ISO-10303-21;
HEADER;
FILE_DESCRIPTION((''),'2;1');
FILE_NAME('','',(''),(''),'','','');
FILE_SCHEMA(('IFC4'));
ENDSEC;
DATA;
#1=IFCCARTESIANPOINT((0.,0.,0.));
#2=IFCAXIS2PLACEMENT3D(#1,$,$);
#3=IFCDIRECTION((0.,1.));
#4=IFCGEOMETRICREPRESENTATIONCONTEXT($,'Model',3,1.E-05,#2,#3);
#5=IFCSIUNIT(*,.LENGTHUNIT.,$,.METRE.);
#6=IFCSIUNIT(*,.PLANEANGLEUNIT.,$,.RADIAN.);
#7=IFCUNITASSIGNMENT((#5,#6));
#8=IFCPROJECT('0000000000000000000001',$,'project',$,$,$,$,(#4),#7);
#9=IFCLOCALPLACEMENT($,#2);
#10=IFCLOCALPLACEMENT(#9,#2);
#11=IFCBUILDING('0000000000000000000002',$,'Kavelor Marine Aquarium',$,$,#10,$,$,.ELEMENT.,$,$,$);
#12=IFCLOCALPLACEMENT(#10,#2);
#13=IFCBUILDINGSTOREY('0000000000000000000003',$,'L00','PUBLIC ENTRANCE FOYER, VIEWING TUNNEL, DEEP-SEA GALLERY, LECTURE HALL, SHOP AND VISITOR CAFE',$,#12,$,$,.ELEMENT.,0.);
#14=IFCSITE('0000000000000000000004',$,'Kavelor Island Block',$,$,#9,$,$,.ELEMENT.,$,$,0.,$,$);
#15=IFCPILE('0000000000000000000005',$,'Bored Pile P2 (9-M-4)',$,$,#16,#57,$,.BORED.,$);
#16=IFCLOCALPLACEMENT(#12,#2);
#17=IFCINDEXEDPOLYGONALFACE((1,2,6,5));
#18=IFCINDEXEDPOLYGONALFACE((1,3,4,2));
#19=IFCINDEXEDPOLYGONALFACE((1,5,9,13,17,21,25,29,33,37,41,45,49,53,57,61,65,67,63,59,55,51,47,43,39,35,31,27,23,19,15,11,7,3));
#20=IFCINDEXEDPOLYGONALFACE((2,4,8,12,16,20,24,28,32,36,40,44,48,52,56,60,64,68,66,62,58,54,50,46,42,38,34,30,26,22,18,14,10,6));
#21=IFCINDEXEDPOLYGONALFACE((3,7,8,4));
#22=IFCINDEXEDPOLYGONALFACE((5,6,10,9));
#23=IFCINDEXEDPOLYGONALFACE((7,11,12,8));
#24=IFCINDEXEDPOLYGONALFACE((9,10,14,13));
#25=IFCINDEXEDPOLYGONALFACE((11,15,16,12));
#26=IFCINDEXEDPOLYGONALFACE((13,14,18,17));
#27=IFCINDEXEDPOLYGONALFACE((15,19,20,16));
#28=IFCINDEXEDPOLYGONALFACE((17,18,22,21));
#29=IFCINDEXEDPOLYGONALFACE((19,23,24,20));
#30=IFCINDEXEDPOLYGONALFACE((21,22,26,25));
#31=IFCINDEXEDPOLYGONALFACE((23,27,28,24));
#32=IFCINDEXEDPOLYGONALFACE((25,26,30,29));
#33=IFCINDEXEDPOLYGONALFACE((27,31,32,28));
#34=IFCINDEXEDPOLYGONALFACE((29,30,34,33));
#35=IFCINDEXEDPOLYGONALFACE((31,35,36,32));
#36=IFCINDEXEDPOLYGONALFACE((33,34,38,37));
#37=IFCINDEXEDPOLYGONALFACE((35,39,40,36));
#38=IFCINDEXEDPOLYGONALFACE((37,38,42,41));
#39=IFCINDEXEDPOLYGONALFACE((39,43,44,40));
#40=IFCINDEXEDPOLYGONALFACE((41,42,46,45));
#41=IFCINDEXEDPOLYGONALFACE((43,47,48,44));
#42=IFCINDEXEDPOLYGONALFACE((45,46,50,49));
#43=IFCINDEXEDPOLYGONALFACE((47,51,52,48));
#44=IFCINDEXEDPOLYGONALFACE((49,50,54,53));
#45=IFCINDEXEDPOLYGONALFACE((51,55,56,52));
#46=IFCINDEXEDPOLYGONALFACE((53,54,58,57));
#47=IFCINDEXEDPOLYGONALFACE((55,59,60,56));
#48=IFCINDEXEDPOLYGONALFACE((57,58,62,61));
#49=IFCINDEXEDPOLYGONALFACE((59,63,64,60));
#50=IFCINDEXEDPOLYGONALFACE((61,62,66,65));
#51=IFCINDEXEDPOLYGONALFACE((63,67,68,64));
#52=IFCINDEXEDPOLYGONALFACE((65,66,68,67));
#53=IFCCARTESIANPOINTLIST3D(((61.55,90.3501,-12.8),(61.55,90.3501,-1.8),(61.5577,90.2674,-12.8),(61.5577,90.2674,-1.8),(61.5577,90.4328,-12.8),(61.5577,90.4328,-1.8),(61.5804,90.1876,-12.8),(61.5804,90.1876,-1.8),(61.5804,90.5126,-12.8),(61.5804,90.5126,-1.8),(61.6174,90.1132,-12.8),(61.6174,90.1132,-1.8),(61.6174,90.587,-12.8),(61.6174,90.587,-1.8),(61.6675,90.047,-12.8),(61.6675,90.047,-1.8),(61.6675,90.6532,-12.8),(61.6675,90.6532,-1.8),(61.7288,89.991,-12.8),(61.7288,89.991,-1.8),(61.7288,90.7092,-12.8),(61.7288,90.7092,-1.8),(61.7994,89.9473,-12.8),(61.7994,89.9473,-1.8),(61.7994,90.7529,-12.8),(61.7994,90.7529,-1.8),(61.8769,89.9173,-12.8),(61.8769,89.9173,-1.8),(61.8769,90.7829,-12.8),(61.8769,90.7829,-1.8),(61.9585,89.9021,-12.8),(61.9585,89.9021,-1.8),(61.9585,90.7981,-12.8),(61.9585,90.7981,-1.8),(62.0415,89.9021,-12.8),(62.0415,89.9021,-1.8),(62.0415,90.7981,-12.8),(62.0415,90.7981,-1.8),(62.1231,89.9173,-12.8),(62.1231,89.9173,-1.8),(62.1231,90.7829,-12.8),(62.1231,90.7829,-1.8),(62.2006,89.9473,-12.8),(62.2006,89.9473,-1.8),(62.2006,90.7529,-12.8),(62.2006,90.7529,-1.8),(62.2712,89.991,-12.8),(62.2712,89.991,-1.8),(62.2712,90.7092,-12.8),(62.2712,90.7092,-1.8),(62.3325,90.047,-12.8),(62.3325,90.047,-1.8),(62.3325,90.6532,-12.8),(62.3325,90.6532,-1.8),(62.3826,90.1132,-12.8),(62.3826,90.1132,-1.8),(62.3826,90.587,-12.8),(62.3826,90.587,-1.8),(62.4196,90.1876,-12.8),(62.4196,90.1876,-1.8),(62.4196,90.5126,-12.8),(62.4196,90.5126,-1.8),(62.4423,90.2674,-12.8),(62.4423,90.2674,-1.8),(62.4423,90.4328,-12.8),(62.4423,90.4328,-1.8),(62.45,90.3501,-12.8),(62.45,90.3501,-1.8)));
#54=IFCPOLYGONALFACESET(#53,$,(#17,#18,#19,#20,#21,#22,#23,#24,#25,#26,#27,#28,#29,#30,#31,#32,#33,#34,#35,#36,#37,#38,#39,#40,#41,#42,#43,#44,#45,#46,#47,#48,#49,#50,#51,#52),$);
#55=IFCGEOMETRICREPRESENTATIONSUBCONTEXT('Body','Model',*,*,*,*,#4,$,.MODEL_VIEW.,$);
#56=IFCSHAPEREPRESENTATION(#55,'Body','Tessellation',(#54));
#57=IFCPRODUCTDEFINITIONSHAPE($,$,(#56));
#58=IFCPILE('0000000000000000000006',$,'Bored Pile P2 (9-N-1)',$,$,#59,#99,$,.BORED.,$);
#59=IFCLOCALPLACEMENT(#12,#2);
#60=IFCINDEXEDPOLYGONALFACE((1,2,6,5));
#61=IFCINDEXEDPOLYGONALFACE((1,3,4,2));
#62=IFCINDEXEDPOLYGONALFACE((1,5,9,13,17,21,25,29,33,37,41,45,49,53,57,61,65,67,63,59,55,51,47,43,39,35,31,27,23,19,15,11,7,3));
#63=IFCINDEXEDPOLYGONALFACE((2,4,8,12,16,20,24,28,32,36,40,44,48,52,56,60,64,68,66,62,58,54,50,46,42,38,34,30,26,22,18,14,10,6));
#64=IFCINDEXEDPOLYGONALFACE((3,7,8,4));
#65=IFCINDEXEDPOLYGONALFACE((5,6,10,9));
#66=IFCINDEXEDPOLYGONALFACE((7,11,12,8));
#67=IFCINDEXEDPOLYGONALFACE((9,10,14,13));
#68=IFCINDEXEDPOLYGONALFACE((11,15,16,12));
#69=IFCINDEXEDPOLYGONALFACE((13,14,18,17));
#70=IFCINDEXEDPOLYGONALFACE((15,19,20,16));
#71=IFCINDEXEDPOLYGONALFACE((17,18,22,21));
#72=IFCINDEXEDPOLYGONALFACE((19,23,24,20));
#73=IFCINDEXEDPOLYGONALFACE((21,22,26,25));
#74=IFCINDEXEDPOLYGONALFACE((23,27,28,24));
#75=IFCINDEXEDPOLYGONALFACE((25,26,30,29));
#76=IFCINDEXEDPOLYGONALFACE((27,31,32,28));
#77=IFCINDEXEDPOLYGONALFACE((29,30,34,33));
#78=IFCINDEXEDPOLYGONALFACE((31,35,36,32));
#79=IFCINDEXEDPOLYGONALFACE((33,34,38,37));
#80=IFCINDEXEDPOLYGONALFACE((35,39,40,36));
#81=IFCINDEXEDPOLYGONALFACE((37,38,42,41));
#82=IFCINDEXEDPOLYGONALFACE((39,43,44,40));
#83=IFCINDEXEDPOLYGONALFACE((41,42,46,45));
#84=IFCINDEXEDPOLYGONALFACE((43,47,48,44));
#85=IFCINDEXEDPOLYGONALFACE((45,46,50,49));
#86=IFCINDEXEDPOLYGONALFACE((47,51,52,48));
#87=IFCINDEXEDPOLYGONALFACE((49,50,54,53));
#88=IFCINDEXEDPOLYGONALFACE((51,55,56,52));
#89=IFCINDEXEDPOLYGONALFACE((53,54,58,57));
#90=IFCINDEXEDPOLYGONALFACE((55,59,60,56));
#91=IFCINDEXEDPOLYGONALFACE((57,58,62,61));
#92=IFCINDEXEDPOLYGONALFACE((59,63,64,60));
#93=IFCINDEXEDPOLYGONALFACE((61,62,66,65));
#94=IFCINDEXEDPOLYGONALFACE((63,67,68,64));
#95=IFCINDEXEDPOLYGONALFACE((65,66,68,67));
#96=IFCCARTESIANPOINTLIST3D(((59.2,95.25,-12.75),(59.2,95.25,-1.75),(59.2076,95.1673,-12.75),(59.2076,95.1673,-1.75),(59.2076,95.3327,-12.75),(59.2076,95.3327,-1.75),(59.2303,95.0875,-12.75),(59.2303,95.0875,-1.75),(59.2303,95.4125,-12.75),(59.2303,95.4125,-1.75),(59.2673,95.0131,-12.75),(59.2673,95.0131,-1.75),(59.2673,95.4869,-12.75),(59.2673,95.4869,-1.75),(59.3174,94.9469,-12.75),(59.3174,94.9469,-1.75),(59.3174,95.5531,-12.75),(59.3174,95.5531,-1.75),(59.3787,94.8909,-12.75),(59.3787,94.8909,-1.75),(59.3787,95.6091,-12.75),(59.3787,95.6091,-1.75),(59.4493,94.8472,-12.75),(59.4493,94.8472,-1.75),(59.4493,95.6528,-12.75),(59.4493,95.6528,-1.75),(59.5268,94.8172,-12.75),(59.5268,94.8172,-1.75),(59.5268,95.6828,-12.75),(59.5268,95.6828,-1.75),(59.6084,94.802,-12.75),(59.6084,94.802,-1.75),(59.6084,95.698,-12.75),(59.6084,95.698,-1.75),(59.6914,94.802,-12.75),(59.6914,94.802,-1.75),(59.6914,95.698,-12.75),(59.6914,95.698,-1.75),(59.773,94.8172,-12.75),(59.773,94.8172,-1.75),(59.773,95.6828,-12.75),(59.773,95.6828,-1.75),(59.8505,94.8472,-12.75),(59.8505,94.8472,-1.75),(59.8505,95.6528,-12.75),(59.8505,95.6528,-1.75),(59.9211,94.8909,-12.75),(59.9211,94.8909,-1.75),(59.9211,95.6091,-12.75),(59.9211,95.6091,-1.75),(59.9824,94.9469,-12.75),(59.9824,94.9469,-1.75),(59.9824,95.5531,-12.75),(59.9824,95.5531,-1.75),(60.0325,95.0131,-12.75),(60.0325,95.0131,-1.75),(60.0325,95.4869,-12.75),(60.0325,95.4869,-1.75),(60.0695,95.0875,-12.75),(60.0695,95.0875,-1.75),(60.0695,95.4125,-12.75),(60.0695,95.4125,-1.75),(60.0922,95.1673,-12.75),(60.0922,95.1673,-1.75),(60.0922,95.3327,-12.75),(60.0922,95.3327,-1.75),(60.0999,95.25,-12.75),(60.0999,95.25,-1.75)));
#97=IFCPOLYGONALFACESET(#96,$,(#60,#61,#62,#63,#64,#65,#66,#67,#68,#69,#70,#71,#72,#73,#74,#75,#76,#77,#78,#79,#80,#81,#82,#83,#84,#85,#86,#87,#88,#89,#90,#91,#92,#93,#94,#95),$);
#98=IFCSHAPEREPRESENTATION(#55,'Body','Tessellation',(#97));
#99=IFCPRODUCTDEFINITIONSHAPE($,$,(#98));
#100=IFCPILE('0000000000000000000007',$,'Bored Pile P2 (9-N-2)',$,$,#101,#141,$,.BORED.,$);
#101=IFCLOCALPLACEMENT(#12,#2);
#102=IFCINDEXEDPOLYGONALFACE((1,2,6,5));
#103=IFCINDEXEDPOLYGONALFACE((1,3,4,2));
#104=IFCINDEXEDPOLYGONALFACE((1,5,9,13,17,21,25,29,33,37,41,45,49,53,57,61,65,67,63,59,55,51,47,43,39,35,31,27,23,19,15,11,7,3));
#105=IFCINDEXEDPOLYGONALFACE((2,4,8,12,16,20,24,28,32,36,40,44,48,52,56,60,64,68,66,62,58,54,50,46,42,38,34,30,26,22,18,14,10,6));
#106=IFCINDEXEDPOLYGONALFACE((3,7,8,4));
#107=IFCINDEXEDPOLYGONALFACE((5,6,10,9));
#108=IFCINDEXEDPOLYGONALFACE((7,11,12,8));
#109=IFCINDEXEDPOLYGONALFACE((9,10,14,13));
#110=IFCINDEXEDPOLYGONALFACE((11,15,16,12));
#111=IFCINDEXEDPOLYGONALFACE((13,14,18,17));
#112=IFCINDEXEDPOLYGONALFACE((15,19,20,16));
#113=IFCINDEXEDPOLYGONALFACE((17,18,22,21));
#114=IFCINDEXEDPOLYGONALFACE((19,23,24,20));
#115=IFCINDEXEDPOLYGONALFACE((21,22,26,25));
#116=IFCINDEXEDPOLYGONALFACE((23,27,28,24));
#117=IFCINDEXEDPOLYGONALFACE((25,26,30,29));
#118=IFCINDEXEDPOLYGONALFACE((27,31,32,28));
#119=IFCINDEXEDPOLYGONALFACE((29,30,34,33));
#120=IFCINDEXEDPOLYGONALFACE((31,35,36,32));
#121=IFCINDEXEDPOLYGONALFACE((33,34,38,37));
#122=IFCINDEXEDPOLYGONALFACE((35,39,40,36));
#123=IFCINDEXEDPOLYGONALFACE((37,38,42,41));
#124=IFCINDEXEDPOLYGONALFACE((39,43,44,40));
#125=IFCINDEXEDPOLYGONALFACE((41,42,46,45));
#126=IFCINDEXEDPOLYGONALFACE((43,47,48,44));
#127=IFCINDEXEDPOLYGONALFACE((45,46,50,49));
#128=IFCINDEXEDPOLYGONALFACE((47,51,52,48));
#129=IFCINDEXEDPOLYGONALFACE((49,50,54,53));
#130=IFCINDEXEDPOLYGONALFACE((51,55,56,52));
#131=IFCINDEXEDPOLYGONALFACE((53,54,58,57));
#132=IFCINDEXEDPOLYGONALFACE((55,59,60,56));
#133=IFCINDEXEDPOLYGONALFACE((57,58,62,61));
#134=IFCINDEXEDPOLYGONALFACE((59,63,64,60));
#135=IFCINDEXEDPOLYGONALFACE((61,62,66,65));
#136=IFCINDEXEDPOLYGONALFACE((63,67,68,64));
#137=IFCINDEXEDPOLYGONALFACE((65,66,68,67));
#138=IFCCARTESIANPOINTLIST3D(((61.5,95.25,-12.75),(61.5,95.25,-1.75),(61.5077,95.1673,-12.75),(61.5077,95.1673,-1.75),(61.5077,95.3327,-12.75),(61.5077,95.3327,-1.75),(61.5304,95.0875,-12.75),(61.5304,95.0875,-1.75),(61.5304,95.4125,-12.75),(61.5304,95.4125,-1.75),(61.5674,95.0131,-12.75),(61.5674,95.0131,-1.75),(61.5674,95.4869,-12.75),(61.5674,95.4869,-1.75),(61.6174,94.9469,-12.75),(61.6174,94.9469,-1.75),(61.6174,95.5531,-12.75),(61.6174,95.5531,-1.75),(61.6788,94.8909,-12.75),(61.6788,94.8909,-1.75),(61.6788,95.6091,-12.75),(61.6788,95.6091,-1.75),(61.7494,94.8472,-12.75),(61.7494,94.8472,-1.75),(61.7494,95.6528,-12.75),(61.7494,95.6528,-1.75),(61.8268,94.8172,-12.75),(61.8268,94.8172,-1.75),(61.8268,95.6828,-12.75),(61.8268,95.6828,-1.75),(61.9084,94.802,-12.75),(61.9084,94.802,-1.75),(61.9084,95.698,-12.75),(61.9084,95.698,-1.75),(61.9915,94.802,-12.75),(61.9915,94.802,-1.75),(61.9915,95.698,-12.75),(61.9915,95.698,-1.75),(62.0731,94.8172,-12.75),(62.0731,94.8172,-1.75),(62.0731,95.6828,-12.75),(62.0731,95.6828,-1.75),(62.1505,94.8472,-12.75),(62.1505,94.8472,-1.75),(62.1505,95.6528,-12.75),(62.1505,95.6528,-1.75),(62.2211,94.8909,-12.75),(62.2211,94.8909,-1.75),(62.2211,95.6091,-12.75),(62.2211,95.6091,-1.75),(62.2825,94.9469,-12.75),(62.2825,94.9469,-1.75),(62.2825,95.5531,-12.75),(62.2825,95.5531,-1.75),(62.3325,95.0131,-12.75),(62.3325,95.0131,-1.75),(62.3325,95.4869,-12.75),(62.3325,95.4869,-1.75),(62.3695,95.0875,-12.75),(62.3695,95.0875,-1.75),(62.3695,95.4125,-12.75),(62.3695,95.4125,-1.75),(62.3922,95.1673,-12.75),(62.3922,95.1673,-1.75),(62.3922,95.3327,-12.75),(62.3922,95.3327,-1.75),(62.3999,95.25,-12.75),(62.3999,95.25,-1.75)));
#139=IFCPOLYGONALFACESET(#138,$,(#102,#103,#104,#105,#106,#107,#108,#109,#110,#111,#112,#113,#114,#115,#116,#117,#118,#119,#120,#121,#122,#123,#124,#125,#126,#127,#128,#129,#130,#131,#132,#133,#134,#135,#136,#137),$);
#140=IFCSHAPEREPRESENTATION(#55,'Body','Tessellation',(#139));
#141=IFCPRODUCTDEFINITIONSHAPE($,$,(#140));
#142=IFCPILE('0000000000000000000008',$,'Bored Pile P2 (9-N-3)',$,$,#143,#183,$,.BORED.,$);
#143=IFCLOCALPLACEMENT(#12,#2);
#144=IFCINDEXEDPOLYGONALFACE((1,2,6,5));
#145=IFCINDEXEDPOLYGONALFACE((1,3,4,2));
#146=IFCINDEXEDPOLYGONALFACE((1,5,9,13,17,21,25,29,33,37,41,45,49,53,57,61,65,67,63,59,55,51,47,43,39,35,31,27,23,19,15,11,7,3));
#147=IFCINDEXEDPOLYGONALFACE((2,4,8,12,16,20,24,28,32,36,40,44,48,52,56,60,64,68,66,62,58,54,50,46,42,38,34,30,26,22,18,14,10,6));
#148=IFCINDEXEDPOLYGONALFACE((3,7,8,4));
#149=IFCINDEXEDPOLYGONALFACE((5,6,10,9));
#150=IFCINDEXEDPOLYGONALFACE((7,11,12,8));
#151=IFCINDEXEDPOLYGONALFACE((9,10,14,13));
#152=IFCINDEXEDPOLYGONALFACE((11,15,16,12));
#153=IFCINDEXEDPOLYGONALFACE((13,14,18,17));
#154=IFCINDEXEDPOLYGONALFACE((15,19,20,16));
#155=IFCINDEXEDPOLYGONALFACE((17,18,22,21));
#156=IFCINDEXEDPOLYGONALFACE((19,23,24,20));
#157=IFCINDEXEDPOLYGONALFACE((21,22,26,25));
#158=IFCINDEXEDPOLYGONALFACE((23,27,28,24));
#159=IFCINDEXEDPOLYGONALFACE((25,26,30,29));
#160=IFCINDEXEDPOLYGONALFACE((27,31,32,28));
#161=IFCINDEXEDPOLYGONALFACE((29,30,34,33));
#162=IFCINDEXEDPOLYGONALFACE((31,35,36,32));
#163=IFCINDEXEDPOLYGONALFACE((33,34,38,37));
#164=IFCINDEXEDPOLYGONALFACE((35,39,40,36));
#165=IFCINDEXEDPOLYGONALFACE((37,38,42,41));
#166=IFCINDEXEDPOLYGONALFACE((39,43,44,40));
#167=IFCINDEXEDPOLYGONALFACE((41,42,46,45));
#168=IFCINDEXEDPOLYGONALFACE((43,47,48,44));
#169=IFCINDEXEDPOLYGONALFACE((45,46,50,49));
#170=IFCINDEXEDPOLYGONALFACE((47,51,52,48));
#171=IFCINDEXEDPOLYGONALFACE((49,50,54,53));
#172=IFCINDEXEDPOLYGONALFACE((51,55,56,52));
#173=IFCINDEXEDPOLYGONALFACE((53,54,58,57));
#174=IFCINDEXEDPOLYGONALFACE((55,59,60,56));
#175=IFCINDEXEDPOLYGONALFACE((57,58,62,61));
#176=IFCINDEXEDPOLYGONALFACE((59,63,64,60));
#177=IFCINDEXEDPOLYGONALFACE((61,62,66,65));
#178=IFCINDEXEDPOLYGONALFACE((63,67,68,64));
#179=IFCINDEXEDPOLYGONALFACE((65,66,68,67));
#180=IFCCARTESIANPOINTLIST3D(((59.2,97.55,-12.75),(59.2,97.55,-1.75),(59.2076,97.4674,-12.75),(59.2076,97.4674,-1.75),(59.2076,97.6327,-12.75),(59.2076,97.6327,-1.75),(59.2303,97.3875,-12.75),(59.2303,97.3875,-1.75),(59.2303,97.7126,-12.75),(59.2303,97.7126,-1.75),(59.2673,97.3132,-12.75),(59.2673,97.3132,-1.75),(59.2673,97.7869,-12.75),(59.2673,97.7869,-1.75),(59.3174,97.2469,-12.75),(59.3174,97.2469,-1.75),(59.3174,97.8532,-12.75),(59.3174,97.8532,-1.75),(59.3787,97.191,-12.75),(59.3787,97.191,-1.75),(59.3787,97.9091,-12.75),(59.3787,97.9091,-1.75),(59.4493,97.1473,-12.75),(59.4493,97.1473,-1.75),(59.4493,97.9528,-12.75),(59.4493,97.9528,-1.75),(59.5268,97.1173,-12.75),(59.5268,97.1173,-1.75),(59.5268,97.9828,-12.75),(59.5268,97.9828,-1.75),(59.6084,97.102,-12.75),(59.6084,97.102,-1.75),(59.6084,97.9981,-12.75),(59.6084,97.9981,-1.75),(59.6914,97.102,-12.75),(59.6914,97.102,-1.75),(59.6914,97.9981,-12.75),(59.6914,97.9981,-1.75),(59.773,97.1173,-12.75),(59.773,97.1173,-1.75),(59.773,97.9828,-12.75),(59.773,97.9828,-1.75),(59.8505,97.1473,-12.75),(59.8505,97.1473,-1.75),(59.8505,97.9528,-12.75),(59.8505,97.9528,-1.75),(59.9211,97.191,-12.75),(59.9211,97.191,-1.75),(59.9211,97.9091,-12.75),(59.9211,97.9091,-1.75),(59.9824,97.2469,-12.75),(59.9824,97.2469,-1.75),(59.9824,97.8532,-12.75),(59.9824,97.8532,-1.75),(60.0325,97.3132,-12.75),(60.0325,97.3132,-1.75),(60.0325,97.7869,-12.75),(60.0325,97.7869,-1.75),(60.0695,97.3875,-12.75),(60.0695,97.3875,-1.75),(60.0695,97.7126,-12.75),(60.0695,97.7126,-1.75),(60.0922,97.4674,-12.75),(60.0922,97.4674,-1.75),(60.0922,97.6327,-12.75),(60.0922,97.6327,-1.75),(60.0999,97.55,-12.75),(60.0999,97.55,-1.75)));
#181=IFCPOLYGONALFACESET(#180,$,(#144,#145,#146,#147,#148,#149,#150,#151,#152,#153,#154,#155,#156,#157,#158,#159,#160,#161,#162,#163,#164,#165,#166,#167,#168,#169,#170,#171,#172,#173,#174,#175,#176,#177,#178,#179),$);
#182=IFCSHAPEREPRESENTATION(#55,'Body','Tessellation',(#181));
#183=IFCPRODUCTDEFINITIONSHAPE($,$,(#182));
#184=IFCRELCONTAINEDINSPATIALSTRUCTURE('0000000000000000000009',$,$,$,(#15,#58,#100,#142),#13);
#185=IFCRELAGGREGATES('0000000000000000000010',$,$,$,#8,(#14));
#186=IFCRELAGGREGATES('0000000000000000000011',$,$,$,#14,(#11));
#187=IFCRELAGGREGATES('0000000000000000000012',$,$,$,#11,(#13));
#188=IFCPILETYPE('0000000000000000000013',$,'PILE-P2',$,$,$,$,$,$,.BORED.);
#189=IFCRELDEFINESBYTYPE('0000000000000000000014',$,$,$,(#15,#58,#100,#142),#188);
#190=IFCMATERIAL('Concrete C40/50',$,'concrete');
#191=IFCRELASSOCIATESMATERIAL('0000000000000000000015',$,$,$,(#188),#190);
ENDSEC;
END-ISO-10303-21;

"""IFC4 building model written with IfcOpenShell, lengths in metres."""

from ifc_helpers import new_model, si_unit, direction, frame, origin, origin_2d, place, context, subcontext, project, spatial, circle, extrude, material, material_profile, profile_set, type_object, element, save


model = new_model("IFC4")

# Units and contexts
model_context = context("Model", 3, precision=1e-05, world=origin(), true_north=direction((0.0, 1.0)))
body_context = subcontext(model_context, "Body", "Model", "MODEL_VIEW")
ifc_project = project(units=[si_unit("LENGTHUNIT", "METRE"), si_unit("PLANEANGLEUNIT", "RADIAN")], contexts=[model_context])

# Site, building, storey
site_placement = place(None, origin())
site = spatial("IfcSite", under=ifc_project, at=site_placement, Name="Kavelor Island Block", CompositionType="ELEMENT", RefElevation=0.0)
building_placement = place(site_placement, origin())
building = spatial("IfcBuilding", under=site, at=building_placement, Name="Kavelor Marine Aquarium", CompositionType="ELEMENT")
storey_placement = place(building_placement, origin())
storey = spatial("IfcBuildingStorey", under=building, at=storey_placement, Name="L00", Description="PUBLIC ENTRANCE FOYER, VIEWING TUNNEL, DEEP-SEA GALLERY, LECTURE HALL, SHOP AND VISITOR CAFE", CompositionType="ELEMENT", Elevation=0.0)

# Piles
ifc_material_1 = material(Name="Concrete C40/50", Category="concrete")
ifc_material_profile_1 = material_profile(ifc_material_1, circle(Radius=0.45, at=origin_2d()), Name="PILE D900")
ifc_profile_set_1 = profile_set([ifc_material_profile_1], Name="Concrete C40/50")
pile_type_1 = type_object("IfcPileType", Name="PILE-P2", PredefinedType="BORED", material=ifc_profile_set_1)
for number, where, z_axis, x_axis, name in (
    (1, (62.0, 90.3501, -1.8), (0.0, 0.0, -1.0), (1.0, 0.0, 0.0), "Bored Pile P2 (9-M-4)"),
    (2, (59.6499, 95.25, -1.75), (0.0, 0.0, -1.0), (1.0, 0.0, 0.0), "Bored Pile P2 (9-N-1)"),
    (3, (61.95, 95.25, -1.75), (0.0, 0.0, -1.0), (1.0, 0.0, 0.0), "Bored Pile P2 (9-N-2)"),
    (4, (59.6499, 97.55, -1.75), (0.0, 0.0, -1.0), (1.0, 0.0, 0.0), "Bored Pile P2 (9-N-3)"),
):
    element("IfcPile", number, at=place(storey_placement, frame(where, z_axis=z_axis, x_axis=x_axis)), inside=storey, type_object=pile_type_1, Name=name, PredefinedType="BORED", context=body_context, shape_type="SweptSolid", body=[
        extrude(circle(Radius=0.45, at=origin_2d()), origin(), (0.0, 0.0, 1.0), 11.0),
    ])

save(model, "model.ifc")
